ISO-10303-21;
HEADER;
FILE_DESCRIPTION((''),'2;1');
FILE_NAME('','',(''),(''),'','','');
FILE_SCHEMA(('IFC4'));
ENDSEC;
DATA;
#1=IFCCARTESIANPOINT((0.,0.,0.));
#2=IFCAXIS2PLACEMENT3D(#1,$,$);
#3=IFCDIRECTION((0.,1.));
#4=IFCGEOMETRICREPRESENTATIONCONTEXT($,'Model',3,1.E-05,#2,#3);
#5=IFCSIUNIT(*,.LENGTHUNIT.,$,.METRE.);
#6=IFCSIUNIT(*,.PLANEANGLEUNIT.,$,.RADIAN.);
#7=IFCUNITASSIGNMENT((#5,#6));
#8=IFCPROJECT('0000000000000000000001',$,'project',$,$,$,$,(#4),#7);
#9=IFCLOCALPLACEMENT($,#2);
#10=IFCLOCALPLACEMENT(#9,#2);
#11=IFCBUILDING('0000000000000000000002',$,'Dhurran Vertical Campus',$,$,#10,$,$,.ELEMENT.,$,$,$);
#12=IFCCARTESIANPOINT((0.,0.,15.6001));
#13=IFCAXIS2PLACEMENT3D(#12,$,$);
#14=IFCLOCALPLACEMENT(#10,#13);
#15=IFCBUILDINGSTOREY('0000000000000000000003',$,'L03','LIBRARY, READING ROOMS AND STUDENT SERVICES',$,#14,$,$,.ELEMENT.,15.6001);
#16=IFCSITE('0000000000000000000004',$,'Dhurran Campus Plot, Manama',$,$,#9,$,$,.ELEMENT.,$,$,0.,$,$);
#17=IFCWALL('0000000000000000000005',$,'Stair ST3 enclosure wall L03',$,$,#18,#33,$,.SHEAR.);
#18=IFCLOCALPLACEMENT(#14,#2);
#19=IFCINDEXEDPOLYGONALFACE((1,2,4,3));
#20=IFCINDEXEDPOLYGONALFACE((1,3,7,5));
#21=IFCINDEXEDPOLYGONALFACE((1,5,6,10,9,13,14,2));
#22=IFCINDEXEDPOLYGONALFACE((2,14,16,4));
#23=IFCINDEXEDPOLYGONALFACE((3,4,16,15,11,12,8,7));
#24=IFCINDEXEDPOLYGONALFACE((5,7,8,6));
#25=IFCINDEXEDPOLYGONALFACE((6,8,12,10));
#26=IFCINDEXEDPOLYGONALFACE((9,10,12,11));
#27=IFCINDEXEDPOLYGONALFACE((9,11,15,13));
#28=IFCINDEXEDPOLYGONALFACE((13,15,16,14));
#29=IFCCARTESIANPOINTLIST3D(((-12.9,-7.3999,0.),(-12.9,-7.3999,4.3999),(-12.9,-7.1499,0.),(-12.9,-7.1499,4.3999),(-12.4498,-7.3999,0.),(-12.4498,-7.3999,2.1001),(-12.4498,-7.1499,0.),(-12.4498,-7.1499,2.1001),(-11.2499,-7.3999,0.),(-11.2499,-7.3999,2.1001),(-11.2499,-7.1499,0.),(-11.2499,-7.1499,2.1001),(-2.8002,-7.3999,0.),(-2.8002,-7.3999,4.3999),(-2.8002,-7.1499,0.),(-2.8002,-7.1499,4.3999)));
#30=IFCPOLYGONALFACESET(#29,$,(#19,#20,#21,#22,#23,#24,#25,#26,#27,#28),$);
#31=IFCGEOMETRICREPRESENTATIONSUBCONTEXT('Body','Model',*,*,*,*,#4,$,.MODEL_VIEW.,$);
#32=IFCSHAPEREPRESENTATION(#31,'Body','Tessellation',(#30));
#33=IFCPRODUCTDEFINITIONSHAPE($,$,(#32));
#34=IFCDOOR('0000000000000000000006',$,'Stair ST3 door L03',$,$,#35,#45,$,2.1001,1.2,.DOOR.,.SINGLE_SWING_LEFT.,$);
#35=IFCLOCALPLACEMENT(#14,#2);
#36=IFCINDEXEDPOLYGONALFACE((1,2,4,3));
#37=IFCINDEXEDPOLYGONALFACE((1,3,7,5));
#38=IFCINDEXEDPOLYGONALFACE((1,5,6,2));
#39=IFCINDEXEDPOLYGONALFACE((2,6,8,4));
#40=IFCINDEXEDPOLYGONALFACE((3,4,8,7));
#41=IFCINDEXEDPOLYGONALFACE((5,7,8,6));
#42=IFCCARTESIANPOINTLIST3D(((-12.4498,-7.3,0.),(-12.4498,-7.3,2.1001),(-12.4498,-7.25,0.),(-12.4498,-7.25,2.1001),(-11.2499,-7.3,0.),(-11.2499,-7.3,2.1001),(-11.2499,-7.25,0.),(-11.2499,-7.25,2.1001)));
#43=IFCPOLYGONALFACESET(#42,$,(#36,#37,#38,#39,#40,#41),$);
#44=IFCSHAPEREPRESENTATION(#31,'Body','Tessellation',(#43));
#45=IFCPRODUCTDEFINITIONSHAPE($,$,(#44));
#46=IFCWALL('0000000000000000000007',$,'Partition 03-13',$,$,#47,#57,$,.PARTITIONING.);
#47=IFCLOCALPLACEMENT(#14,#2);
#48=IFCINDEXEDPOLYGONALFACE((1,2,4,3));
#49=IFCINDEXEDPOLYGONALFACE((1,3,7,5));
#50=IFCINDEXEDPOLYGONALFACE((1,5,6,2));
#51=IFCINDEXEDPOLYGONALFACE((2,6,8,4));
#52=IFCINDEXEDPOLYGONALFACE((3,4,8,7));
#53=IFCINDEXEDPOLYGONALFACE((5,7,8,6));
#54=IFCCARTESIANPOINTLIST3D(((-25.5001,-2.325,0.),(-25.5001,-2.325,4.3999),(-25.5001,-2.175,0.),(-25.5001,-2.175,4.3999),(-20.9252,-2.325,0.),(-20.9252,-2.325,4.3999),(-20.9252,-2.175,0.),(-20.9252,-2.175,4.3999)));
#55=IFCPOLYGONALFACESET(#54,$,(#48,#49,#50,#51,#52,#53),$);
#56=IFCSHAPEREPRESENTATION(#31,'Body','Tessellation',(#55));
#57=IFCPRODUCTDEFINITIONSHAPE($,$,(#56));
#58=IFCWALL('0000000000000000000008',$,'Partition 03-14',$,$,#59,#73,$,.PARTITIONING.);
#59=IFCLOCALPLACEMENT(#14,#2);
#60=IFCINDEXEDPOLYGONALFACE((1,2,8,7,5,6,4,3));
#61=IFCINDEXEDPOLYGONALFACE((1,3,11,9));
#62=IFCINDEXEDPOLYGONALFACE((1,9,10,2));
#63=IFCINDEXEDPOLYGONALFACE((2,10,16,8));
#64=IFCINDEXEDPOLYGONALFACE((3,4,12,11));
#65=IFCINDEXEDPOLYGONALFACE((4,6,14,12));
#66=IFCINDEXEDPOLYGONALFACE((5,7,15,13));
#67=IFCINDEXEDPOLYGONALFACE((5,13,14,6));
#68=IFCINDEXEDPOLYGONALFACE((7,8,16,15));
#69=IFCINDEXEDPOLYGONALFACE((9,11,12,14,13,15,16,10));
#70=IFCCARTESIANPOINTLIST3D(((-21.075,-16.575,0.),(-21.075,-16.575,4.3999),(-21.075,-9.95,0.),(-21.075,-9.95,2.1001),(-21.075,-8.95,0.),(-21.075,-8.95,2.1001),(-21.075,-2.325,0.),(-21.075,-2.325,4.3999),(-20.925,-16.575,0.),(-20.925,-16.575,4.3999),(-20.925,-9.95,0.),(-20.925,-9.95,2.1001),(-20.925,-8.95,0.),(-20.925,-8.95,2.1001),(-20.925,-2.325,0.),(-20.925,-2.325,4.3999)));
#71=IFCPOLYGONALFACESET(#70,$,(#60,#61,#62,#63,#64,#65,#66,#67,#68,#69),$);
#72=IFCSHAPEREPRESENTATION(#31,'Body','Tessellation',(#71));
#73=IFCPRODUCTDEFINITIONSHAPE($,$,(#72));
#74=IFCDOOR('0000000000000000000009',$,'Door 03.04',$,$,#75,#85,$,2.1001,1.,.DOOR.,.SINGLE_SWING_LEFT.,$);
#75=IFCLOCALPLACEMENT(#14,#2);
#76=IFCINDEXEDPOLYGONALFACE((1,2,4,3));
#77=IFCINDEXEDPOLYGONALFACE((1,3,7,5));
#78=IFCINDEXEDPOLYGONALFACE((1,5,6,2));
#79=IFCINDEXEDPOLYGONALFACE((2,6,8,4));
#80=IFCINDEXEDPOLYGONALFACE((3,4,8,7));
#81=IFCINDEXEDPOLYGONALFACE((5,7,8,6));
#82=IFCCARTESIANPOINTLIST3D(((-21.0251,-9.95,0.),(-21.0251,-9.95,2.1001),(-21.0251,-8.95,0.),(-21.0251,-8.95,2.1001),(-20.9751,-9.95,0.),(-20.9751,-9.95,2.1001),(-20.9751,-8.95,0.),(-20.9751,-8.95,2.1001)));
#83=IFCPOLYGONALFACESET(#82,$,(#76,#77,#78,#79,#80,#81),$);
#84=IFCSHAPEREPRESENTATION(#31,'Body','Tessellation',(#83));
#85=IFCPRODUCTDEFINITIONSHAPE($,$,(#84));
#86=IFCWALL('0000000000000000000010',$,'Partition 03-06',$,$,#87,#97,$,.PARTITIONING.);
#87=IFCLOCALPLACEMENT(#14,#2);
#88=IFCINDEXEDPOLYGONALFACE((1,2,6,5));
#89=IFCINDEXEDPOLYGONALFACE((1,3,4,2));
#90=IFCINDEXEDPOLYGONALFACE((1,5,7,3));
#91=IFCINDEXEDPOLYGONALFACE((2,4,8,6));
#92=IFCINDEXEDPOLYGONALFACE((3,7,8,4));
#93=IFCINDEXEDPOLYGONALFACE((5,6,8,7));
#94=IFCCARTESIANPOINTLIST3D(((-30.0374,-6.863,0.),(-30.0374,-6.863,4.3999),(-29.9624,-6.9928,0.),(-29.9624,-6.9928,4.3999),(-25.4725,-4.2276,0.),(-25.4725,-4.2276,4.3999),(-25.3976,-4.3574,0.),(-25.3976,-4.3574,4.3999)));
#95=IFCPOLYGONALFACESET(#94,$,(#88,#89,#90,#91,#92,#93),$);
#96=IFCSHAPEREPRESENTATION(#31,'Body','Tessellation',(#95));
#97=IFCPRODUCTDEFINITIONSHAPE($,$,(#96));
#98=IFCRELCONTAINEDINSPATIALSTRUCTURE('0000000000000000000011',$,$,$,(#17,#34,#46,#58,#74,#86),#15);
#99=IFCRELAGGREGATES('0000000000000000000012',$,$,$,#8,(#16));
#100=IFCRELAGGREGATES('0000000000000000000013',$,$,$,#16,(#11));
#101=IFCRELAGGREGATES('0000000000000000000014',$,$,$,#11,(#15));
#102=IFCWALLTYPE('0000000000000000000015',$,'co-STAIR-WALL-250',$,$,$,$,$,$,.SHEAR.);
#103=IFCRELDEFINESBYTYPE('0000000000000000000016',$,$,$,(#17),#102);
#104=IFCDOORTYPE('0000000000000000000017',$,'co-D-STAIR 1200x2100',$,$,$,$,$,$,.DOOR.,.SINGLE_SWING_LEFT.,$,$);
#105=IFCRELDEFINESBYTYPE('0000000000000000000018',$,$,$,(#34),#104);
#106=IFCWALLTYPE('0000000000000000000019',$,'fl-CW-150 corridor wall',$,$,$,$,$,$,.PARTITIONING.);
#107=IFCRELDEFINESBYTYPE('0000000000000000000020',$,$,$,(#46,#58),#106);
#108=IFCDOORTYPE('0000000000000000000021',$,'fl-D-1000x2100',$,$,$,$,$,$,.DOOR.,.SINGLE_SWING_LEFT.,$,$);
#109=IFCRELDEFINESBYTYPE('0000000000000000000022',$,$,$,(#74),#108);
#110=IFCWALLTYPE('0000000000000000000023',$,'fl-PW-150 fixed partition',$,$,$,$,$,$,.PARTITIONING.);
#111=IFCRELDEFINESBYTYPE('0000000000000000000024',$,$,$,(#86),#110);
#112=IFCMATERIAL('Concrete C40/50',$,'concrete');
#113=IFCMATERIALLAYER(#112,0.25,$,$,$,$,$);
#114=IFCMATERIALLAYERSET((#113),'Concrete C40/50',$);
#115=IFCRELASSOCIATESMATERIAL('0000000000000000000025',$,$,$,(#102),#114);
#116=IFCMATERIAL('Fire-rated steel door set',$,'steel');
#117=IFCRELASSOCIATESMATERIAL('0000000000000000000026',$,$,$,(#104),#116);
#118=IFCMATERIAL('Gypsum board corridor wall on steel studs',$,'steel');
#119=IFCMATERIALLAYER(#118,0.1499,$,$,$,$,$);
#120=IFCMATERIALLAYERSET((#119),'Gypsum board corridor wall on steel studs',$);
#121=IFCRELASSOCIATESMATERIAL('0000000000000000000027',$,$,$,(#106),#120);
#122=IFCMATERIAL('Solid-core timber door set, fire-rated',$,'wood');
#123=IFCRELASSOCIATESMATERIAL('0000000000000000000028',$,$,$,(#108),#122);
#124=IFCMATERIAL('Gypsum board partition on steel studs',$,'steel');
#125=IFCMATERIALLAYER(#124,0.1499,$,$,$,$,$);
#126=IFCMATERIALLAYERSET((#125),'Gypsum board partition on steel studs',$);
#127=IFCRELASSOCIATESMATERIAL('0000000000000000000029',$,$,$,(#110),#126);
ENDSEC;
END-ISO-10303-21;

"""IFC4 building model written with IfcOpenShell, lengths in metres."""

from ifc_helpers import new_model, si_unit, direction, frame, frame_2d, origin, place, context, subcontext, project, spatial, rectangle, extrude, material, layer, layer_set, type_object, element, fill, save


model = new_model("IFC4")

# Units and contexts
model_context = context("Model", 3, precision=1e-05, world=origin(), true_north=direction((0.0, 1.0)))
body_context = subcontext(model_context, "Body", "Model", "MODEL_VIEW")
ifc_project = project(units=[si_unit("LENGTHUNIT", "METRE"), si_unit("PLANEANGLEUNIT", "RADIAN")], contexts=[model_context])

# Site, building, storey
site_placement = place(None, origin())
site = spatial("IfcSite", under=ifc_project, at=site_placement, Name="Dhurran Campus Plot, Manama", CompositionType="ELEMENT", RefElevation=0.0)
building_placement = place(site_placement, origin())
building = spatial("IfcBuilding", under=site, at=building_placement, Name="Dhurran Vertical Campus", CompositionType="ELEMENT")
storey_placement = place(building_placement, frame((0.0, 0.0, 15.6001)))
storey = spatial("IfcBuildingStorey", under=building, at=storey_placement, Name="L03", Description="LIBRARY, READING ROOMS AND STUDENT SERVICES", CompositionType="ELEMENT", Elevation=15.6001)

# Wall, opening, door
ifc_material_1 = material(Name="Concrete C40/50", Category="concrete")
ifc_layer_1 = layer(ifc_material_1, 0.25)
ifc_layer_set_1 = layer_set([ifc_layer_1], Name="Concrete C40/50")
wall_type_1 = type_object("IfcWallType", Name="co-STAIR-WALL-250", PredefinedType="SHEAR", material=ifc_layer_set_1)
wall_1_placement = place(storey_placement, frame((-12.8999, -7.2749, 0.0), z_axis=(0.0, 0.0, 1.0), x_axis=(1.0, 0.0, 0.0)))
wall_1 = element("IfcWall", 1, at=wall_1_placement, inside=storey, type_object=wall_type_1, Name="Stair ST3 enclosure wall L03", PredefinedType="SHEAR", context=body_context, shape_type="SweptSolid", body=[
    extrude(rectangle(XDim=10.0999, YDim=0.25, at=frame_2d((5.0498, 0.0))), origin(), (0.0, 0.0, 1.0), 4.3999),
])
opening_1_placement = place(wall_1_placement, frame((0.45, 0.0, 0.0)))
opening_1 = element("IfcOpeningElement", 2, at=opening_1_placement, cuts=wall_1, PredefinedType="OPENING", context=body_context, shape_type="SweptSolid", body=[
    extrude(rectangle(XDim=1.2, YDim=2.1001, at=frame_2d((0.6001, 1.05))), frame((0.0, 0.135, 0.0), z_axis=(0.0, -1.0, 0.0), x_axis=(1.0, 0.0, 0.0)), (0.0, 0.0, 1.0), 0.27),
])
ifc_material_2 = material(Name="Fire-rated steel door set", Category="steel")
door_type_1 = type_object("IfcDoorType", Name="co-D-STAIR 1200x2100", OperationType="SINGLE_SWING_LEFT", PredefinedType="DOOR", material=ifc_material_2)
door_1_placement = place(opening_1_placement, origin())
door_1 = element("IfcDoor", 3, at=door_1_placement, inside=storey, type_object=door_type_1, Name="Stair ST3 door L03", OperationType="SINGLE_SWING_LEFT", OverallHeight=2.1001, OverallWidth=1.2, PredefinedType="DOOR", context=body_context, shape_type="SweptSolid", body=[
    extrude(rectangle(XDim=1.2, YDim=2.1001, at=frame_2d((0.6001, 1.05))), frame((0.0, 0.0249, 0.0), z_axis=(0.0, -1.0, 0.0), x_axis=(1.0, 0.0, 0.0)), (0.0, 0.0, 1.0), 0.05),
])
fill(opening_1, door_1)

# Wall
ifc_material_3 = material(Name="Gypsum board corridor wall on steel studs", Category="steel")
ifc_layer_2 = layer(ifc_material_3, 0.1499)
ifc_layer_set_2 = layer_set([ifc_layer_2], Name="Gypsum board corridor wall on steel studs")
wall_type_2 = type_object("IfcWallType", Name="fl-CW-150 corridor wall", PredefinedType="PARTITIONING", material=ifc_layer_set_2)
wall_2_placement = place(storey_placement, frame((-20.925, -2.25, 0.0), z_axis=(0.0, 0.0, 1.0), x_axis=(-1.0, 0.0, 0.0)))
element("IfcWall", 4, at=wall_2_placement, inside=storey, type_object=wall_type_2, Name="Partition 03-13", PredefinedType="PARTITIONING", context=body_context, shape_type="SweptSolid", body=[
    extrude(rectangle(XDim=4.575, YDim=0.1499, at=frame_2d((2.2876, 0.0))), origin(), (0.0, 0.0, 1.0), 4.3999),
])

# Wall, opening, door
wall_3_placement = place(storey_placement, frame((-21.0, -2.325, 0.0), z_axis=(0.0, 0.0, 1.0), x_axis=(0.0, -1.0, 0.0)))
wall_3 = element("IfcWall", 5, at=wall_3_placement, inside=storey, type_object=wall_type_2, Name="Partition 03-14", PredefinedType="PARTITIONING", context=body_context, shape_type="SweptSolid", body=[
    extrude(rectangle(XDim=14.25, YDim=0.1499, at=frame_2d((7.125, 0.0))), origin(), (0.0, 0.0, 1.0), 4.3999),
])
opening_2_placement = place(wall_3_placement, frame((6.625, 0.0, 0.0)))
opening_2 = element("IfcOpeningElement", 6, at=opening_2_placement, cuts=wall_3, PredefinedType="OPENING", context=body_context, shape_type="SweptSolid", body=[
    extrude(rectangle(XDim=1.0, YDim=2.1001, at=frame_2d((0.5, 1.05))), frame((0.0, 0.085, 0.0), z_axis=(0.0, -1.0, 0.0), x_axis=(1.0, 0.0, 0.0)), (0.0, 0.0, 1.0), 0.1699),
])
ifc_material_4 = material(Name="Solid-core timber door set, fire-rated", Category="wood")
door_type_2 = type_object("IfcDoorType", Name="fl-D-1000x2100", OperationType="SINGLE_SWING_LEFT", PredefinedType="DOOR", material=ifc_material_4)
door_2_placement = place(opening_2_placement, origin())
door_2 = element("IfcDoor", 7, at=door_2_placement, inside=storey, type_object=door_type_2, Name="Door 03.04", OperationType="SINGLE_SWING_LEFT", OverallHeight=2.1001, OverallWidth=1.0, PredefinedType="DOOR", context=body_context, shape_type="SweptSolid", body=[
    extrude(rectangle(XDim=1.0, YDim=2.1001, at=frame_2d((0.5, 1.05))), frame((0.0, 0.0249, 0.0), z_axis=(0.0, -1.0, 0.0), x_axis=(1.0, 0.0, 0.0)), (0.0, 0.0, 1.0), 0.05),
])
fill(opening_2, door_2)

# Wall
ifc_material_5 = material(Name="Gypsum board partition on steel studs", Category="steel")
ifc_layer_3 = layer(ifc_material_5, 0.1499)
ifc_layer_set_3 = layer_set([ifc_layer_3], Name="Gypsum board partition on steel studs")
wall_type_3 = type_object("IfcWallType", Name="fl-PW-150 fixed partition", PredefinedType="PARTITIONING", material=ifc_layer_set_3)
wall_4_placement = place(storey_placement, frame((-25.4351, -4.2925, 0.0), z_axis=(0.0, 0.0, 1.0), x_axis=(-0.866031, -0.49999, 0.0)))
element("IfcWall", 8, at=wall_4_placement, inside=storey, type_object=wall_type_3, Name="Partition 03-06", PredefinedType="PARTITIONING", context=body_context, shape_type="SweptSolid", body=[
    extrude(rectangle(XDim=5.271, YDim=0.1499, at=frame_2d((2.6355, 0.0))), origin(), (0.0, 0.0, 1.0), 4.3999),
])

save(model, "model.ifc")
